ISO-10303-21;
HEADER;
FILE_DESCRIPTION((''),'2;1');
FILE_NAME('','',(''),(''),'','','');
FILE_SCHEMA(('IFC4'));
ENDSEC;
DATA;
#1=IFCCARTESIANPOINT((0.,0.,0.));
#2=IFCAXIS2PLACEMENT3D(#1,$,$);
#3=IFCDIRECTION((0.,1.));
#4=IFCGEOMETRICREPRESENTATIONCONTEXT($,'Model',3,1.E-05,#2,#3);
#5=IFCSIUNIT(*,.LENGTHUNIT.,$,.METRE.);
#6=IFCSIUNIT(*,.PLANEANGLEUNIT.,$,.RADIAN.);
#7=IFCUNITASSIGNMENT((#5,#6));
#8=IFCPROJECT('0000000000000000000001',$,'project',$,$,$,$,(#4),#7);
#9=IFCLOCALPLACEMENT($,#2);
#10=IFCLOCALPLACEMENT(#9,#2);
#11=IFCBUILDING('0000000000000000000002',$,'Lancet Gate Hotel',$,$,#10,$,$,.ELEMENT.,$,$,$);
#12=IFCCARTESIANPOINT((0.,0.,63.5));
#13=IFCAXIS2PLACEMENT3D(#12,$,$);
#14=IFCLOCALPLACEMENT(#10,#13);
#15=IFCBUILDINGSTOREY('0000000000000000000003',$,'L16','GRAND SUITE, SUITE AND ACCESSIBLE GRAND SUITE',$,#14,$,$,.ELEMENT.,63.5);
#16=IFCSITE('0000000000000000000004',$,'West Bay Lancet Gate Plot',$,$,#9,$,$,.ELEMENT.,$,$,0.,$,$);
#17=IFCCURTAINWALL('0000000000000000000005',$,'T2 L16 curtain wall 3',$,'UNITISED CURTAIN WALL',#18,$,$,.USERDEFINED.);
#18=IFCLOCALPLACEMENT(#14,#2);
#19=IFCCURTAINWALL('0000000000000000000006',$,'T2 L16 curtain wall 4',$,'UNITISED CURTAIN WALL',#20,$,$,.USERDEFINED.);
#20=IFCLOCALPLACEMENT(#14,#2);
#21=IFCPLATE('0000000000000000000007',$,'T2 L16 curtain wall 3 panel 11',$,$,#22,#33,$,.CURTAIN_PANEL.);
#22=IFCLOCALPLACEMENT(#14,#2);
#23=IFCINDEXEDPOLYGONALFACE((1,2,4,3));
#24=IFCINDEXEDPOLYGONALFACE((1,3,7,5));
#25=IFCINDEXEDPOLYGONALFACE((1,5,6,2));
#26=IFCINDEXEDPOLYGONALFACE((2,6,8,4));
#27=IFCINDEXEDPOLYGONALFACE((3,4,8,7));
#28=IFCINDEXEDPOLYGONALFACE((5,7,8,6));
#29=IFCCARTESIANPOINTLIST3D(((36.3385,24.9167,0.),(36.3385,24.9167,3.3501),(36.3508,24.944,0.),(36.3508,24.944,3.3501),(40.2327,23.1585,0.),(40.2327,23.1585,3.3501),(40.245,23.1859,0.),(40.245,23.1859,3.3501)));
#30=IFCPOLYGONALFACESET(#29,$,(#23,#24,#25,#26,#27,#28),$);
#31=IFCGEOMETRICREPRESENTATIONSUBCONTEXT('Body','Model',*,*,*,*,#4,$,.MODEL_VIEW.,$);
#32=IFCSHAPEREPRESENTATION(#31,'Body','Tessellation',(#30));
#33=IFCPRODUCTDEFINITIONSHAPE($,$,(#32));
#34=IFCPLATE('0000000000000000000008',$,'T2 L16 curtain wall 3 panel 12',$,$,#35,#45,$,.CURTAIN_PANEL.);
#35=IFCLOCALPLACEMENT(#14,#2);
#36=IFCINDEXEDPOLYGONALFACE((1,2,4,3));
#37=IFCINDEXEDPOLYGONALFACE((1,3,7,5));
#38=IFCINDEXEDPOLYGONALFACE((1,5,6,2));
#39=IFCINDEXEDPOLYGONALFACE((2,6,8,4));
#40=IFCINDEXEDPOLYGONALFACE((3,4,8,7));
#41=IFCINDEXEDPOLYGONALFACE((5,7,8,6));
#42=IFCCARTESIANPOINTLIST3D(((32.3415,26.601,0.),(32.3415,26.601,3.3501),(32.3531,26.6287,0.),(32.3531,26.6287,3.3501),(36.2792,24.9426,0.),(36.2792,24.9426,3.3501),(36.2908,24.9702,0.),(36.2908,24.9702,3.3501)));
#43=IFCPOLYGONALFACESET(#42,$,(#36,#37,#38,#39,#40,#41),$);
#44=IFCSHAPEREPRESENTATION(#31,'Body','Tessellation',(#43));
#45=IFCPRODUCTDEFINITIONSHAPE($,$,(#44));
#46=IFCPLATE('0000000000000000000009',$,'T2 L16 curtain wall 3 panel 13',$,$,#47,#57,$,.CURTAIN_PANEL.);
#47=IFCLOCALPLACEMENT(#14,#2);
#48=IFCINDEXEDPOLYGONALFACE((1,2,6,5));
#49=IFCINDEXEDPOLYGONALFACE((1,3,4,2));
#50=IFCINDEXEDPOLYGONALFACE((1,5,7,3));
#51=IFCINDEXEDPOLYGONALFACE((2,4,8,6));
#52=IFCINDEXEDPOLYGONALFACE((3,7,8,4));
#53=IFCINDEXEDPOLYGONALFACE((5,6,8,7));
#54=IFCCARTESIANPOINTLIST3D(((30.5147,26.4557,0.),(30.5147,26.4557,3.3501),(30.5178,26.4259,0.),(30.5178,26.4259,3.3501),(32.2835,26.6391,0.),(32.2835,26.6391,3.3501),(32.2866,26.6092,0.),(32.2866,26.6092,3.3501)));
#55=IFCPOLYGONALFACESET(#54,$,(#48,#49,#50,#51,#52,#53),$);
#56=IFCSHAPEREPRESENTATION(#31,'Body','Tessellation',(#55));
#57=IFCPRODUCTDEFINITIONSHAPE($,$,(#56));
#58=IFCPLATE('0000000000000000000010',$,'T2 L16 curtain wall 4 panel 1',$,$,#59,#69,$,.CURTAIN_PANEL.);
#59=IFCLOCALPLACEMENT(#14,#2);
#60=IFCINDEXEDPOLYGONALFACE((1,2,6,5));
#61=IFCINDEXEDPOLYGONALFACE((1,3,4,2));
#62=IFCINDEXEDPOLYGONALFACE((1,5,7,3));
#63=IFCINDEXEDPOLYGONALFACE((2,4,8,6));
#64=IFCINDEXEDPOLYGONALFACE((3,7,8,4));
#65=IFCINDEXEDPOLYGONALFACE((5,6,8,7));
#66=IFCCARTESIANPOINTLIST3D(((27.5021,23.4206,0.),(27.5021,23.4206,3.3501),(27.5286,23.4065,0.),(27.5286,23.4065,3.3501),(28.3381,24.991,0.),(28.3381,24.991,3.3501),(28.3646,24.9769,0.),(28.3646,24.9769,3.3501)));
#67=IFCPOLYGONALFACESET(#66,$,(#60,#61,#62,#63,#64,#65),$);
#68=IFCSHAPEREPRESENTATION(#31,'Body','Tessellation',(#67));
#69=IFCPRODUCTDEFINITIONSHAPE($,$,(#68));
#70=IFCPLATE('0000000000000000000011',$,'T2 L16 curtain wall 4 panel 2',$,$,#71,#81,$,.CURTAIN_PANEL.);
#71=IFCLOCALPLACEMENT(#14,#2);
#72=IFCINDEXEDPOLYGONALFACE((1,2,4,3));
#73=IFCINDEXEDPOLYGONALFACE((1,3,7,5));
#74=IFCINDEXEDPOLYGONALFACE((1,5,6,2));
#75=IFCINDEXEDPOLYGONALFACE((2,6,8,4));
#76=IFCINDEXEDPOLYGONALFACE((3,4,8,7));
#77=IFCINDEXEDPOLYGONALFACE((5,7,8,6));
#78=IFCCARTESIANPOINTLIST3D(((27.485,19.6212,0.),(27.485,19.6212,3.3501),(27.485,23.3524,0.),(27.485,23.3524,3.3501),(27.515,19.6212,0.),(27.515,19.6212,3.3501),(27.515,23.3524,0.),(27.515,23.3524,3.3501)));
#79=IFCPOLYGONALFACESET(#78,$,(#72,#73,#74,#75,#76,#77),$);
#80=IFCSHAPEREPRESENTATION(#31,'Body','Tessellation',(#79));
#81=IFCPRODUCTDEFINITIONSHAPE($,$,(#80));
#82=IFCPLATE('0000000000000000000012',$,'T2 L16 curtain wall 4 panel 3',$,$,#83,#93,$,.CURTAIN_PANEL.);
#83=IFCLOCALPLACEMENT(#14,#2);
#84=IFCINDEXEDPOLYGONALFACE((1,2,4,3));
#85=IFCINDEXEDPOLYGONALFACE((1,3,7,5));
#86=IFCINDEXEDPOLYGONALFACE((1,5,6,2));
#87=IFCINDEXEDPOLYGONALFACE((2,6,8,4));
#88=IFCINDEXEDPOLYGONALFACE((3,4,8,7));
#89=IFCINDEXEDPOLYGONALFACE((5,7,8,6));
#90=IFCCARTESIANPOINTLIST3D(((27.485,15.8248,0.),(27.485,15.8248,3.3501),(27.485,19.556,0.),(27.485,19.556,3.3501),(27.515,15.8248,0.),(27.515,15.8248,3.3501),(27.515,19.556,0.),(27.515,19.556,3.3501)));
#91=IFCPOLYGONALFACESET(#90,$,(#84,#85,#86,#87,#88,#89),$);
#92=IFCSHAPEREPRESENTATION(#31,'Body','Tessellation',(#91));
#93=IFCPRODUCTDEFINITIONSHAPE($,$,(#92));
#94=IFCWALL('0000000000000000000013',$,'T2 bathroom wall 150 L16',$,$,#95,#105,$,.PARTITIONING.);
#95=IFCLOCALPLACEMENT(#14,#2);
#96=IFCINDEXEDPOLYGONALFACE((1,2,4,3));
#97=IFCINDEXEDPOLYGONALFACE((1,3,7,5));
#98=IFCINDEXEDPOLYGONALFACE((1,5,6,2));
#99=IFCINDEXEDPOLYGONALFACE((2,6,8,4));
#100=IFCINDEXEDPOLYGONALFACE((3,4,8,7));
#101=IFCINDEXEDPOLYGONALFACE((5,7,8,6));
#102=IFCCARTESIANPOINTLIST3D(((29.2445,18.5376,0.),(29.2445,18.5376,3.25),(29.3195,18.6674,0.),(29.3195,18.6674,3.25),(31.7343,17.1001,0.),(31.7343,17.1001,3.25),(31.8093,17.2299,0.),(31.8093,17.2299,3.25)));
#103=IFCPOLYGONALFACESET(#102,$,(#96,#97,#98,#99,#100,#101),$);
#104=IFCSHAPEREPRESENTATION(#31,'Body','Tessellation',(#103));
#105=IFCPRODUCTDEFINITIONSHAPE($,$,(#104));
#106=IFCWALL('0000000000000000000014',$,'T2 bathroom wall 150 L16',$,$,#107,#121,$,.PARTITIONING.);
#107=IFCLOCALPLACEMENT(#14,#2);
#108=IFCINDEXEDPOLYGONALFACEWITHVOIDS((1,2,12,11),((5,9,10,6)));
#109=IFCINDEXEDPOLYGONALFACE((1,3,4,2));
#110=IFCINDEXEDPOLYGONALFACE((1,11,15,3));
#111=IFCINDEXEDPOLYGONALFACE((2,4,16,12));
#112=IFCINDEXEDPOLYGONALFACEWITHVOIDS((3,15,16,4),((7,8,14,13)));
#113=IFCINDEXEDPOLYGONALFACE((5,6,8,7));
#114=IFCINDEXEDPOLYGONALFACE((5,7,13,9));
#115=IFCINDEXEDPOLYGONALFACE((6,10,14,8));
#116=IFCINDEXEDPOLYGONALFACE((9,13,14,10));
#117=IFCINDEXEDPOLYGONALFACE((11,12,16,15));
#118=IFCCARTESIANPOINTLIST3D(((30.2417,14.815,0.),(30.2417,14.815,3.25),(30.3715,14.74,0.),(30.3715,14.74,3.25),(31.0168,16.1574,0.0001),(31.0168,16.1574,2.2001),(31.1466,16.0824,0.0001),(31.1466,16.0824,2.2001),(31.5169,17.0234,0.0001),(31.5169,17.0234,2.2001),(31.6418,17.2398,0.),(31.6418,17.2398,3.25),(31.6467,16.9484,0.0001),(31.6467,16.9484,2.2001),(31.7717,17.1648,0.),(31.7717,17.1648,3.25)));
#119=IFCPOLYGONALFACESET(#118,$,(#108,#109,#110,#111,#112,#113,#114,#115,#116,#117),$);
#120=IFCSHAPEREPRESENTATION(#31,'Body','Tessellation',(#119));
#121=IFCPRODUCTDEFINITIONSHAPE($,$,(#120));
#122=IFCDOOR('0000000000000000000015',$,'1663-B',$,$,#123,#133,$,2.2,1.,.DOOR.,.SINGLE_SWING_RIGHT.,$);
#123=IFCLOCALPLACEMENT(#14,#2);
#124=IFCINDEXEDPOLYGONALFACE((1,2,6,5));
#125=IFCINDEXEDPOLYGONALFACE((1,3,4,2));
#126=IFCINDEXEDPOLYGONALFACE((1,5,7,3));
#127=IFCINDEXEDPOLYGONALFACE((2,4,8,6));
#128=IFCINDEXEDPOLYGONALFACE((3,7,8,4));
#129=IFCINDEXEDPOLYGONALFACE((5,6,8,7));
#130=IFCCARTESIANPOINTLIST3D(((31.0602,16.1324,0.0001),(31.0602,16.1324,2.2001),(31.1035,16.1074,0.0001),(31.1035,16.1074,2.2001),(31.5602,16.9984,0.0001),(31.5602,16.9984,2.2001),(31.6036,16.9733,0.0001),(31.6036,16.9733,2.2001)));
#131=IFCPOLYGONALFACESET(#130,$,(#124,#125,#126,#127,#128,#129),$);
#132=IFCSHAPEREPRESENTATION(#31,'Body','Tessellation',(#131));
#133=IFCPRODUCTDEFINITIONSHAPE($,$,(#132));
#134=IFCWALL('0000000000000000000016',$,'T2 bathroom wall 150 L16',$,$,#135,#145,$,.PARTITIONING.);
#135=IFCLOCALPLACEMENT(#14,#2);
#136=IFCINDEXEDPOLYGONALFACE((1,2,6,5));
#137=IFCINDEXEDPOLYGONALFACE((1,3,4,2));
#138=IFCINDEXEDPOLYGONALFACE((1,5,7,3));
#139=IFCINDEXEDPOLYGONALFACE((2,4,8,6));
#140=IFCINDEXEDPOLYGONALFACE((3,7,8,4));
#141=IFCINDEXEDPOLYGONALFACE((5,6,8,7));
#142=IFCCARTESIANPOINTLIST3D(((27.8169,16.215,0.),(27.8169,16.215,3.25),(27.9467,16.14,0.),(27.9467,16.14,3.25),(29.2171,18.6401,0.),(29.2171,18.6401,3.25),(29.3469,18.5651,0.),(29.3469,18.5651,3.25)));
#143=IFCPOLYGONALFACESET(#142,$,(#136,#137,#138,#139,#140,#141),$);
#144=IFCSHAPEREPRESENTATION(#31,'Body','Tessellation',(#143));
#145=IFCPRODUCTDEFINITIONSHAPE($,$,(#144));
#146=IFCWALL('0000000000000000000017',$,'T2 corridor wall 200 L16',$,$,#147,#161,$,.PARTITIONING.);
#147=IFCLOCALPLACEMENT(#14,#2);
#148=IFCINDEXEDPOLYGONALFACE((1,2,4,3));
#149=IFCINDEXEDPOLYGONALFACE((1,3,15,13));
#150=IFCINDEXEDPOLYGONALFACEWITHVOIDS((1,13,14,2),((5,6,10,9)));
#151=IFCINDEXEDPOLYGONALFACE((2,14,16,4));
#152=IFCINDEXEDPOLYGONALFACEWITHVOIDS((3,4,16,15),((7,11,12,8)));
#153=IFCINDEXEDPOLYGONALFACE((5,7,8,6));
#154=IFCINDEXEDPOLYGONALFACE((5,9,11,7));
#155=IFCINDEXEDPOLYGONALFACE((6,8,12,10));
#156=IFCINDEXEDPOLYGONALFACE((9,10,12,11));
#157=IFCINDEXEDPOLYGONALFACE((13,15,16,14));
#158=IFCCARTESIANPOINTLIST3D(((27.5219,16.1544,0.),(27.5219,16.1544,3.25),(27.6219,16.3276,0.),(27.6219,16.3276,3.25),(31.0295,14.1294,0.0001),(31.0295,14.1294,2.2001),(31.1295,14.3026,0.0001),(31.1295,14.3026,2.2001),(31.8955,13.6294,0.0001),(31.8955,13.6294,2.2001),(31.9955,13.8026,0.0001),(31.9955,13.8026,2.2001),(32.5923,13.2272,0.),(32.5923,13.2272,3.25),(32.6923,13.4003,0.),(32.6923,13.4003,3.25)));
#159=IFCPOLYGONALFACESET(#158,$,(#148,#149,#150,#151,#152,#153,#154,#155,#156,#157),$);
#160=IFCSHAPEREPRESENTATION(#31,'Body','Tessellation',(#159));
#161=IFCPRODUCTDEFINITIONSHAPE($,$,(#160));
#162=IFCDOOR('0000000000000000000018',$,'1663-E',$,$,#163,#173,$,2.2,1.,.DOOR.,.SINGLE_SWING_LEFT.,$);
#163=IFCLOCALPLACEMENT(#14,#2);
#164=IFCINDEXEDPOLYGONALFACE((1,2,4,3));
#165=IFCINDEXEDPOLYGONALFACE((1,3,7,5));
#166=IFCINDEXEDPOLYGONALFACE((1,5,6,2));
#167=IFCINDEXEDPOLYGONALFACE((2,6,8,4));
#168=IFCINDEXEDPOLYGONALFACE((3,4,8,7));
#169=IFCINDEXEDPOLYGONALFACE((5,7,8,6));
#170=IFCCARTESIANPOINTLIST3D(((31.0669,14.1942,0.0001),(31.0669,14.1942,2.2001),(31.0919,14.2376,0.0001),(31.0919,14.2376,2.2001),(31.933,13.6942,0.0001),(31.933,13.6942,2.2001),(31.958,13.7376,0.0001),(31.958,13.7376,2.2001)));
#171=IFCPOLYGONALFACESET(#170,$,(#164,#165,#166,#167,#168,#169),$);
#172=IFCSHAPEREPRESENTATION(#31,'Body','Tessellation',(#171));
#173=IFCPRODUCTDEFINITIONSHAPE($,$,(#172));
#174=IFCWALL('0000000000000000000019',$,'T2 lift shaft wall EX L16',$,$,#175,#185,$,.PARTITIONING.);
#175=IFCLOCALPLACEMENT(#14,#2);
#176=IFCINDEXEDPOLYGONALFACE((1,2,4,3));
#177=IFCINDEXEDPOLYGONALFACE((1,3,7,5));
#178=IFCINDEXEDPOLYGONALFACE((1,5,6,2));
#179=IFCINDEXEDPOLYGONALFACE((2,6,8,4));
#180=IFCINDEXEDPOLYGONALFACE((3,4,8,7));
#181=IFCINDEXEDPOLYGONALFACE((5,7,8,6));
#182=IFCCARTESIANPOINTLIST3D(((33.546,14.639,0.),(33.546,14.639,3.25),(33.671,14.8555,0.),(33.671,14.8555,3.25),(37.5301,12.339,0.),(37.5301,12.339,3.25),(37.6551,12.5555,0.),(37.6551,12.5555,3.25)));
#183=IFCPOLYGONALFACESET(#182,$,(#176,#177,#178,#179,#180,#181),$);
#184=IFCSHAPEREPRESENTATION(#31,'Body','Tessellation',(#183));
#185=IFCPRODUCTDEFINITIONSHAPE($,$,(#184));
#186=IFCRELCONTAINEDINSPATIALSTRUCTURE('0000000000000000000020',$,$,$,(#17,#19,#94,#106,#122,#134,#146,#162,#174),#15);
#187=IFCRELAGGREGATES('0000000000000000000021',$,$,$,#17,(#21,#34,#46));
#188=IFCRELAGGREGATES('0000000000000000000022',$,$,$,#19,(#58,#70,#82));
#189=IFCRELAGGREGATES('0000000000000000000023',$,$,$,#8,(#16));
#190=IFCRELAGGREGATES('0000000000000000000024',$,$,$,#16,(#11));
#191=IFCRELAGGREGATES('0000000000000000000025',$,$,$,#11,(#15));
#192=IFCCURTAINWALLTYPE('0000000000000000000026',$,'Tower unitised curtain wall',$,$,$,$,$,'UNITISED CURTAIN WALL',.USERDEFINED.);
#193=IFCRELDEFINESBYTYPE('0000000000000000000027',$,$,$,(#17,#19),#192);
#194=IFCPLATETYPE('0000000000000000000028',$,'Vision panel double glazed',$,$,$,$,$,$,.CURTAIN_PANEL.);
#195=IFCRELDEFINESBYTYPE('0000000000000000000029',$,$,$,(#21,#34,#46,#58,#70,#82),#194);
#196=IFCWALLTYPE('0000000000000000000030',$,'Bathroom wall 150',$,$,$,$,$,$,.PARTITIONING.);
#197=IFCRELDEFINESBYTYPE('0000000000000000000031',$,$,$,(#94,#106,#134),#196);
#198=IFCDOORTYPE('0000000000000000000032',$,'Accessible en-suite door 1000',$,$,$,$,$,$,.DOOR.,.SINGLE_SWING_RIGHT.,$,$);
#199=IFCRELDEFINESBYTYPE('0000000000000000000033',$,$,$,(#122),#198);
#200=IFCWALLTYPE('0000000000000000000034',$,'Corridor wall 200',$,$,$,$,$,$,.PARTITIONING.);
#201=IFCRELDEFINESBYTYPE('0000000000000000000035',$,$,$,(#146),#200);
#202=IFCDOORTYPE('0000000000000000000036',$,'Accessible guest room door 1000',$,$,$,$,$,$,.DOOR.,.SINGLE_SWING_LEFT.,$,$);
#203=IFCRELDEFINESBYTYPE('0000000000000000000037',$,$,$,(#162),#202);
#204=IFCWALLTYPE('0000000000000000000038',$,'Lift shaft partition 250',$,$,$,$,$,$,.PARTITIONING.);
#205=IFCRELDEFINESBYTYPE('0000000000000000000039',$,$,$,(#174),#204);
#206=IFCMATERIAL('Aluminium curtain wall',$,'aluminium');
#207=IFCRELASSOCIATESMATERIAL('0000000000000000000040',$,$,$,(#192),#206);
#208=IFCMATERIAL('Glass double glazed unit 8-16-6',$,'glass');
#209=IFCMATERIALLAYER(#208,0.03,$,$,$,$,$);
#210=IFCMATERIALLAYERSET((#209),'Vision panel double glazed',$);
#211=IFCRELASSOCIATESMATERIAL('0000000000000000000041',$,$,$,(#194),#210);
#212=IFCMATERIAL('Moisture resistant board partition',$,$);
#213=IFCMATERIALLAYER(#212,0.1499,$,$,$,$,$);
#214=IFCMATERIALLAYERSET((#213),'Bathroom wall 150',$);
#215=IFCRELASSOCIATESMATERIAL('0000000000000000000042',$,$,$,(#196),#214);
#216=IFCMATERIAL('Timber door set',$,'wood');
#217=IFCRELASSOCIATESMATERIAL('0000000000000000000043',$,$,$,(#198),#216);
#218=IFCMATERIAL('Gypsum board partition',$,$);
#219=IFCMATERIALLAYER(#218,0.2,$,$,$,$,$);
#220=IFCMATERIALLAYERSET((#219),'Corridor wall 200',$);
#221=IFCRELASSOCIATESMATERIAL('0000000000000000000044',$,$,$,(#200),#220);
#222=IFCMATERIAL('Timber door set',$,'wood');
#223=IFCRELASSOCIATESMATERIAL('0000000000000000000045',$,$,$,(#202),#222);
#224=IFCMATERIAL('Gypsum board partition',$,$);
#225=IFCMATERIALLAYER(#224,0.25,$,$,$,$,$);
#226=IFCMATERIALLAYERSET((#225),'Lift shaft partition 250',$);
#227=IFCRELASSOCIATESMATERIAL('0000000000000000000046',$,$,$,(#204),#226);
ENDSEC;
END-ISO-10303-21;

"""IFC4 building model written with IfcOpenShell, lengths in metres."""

from ifc_helpers import new_model, si_unit, direction, frame, frame_2d, origin, origin_2d, place, context, subcontext, project, spatial, rectangle, extrude, material, layer, layer_set, type_object, element, fill, aggregate, save


model = new_model("IFC4")

# Units and contexts
model_context = context("Model", 3, precision=1e-05, world=origin(), true_north=direction((0.0, 1.0)))
body_context = subcontext(model_context, "Body", "Model", "MODEL_VIEW")
ifc_project = project(units=[si_unit("LENGTHUNIT", "METRE"), si_unit("PLANEANGLEUNIT", "RADIAN")], contexts=[model_context])

# Site, building, storey
site_placement = place(None, origin())
site = spatial("IfcSite", under=ifc_project, at=site_placement, Name="West Bay Lancet Gate Plot", CompositionType="ELEMENT", RefElevation=0.0)
building_placement = place(site_placement, origin())
building = spatial("IfcBuilding", under=site, at=building_placement, Name="Lancet Gate Hotel", CompositionType="ELEMENT")
storey_placement = place(building_placement, frame((0.0, 0.0, 63.5)))
storey = spatial("IfcBuildingStorey", under=building, at=storey_placement, Name="L16", Description="GRAND SUITE, SUITE AND ACCESSIBLE GRAND SUITE", CompositionType="ELEMENT", Elevation=63.5)

# Curtain walls
ifc_material_1 = material(Name="Aluminium curtain wall", Category="aluminium")
curtain_wall_type = type_object("IfcCurtainWallType", Name="Tower unitised curtain wall", ElementType="UNITISED CURTAIN WALL", PredefinedType="USERDEFINED", material=ifc_material_1)
curtain_wall_1_placement = place(storey_placement, origin())
curtain_wall_1 = element("IfcCurtainWall", 1, at=curtain_wall_1_placement, inside=storey, type_object=curtain_wall_type, Name="T2 L16 curtain wall 3", ObjectType="UNITISED CURTAIN WALL", PredefinedType="USERDEFINED")
curtain_wall_2_placement = place(storey_placement, origin())
curtain_wall_2 = element("IfcCurtainWall", 2, at=curtain_wall_2_placement, inside=storey, type_object=curtain_wall_type, Name="T2 L16 curtain wall 4", ObjectType="UNITISED CURTAIN WALL", PredefinedType="USERDEFINED")

# Plates
ifc_material_2 = material(Name="Glass double glazed unit 8-16-6", Category="glass")
ifc_layer_1 = layer(ifc_material_2, 0.03)
ifc_layer_set_1 = layer_set([ifc_layer_1], Name="Vision panel double glazed")
plate_type = type_object("IfcPlateType", Name="Vision panel double glazed", PredefinedType="CURTAIN_PANEL", material=ifc_layer_set_1)
plate_1_placement = place(storey_placement, frame((38.2917, 24.0513, 0.0), z_axis=(0.0, 0.0, 1.0), x_axis=(-0.911416, 0.411487, 0.0)))
plate_1 = element("IfcPlate", 3, at=plate_1_placement, type_object=plate_type, Name="T2 L16 curtain wall 3 panel 11", PredefinedType="CURTAIN_PANEL", context=body_context, shape_type="SweptSolid", body=[
    extrude(rectangle(XDim=4.2727, YDim=0.03, at=origin_2d()), origin(), (0.0, 0.0, 1.0), 3.3501),
])
plate_2_placement = place(storey_placement, frame((34.3162, 25.7856, 0.0), z_axis=(0.0, 0.0, 1.0), x_axis=(-0.921593, 0.388157, 0.0)))
plate_2 = element("IfcPlate", 4, at=plate_2_placement, type_object=plate_type, Name="T2 L16 curtain wall 3 panel 12", PredefinedType="CURTAIN_PANEL", context=body_context, shape_type="SweptSolid", body=[
    extrude(rectangle(XDim=4.2727, YDim=0.03, at=origin_2d()), origin(), (0.0, 0.0, 1.0), 3.3501),
])
plate_3_placement = place(storey_placement, frame((31.4006, 26.5325, 0.0), z_axis=(0.0, 0.0, 1.0), x_axis=(-0.994672, -0.103088, 0.0)))
plate_3 = element("IfcPlate", 5, at=plate_3_placement, type_object=plate_type, Name="T2 L16 curtain wall 3 panel 13", PredefinedType="CURTAIN_PANEL", context=body_context, shape_type="SweptSolid", body=[
    extrude(rectangle(XDim=1.7783, YDim=0.03, at=origin_2d()), origin(), (0.0, 0.0, 1.0), 3.3501),
])
aggregate(curtain_wall_1, [plate_1, plate_2, plate_3])
plate_4_placement = place(storey_placement, frame((27.9333, 24.1987, 0.0), z_axis=(0.0, 0.0, 1.0), x_axis=(-0.469898, -0.882721, 0.0)))
plate_4 = element("IfcPlate", 6, at=plate_4_placement, type_object=plate_type, Name="T2 L16 curtain wall 4 panel 1", PredefinedType="CURTAIN_PANEL", context=body_context, shape_type="SweptSolid", body=[
    extrude(rectangle(XDim=1.7791, YDim=0.03, at=origin_2d()), origin(), (0.0, 0.0, 1.0), 3.3501),
])
plate_5_placement = place(storey_placement, frame((27.5, 21.4868, 0.0), z_axis=(0.0, 0.0, 1.0), x_axis=(0.0, -1.0, 0.0)))
plate_5 = element("IfcPlate", 7, at=plate_5_placement, type_object=plate_type, Name="T2 L16 curtain wall 4 panel 2", PredefinedType="CURTAIN_PANEL", context=body_context, shape_type="SweptSolid", body=[
    extrude(rectangle(XDim=3.7312, YDim=0.03, at=origin_2d()), origin(), (0.0, 0.0, 1.0), 3.3501),
])
plate_6_placement = place(storey_placement, frame((27.5, 17.6904, 0.0), z_axis=(0.0, 0.0, 1.0), x_axis=(0.0, -1.0, 0.0)))
plate_6 = element("IfcPlate", 8, at=plate_6_placement, type_object=plate_type, Name="T2 L16 curtain wall 4 panel 3", PredefinedType="CURTAIN_PANEL", context=body_context, shape_type="SweptSolid", body=[
    extrude(rectangle(XDim=3.7312, YDim=0.03, at=origin_2d()), origin(), (0.0, 0.0, 1.0), 3.3501),
])
aggregate(curtain_wall_2, [plate_4, plate_5, plate_6])

# Wall
ifc_material_3 = material(Name="Moisture resistant board partition")
ifc_layer_2 = layer(ifc_material_3, 0.1499)
ifc_layer_set_2 = layer_set([ifc_layer_2], Name="Bathroom wall 150")
wall_type_1 = type_object("IfcWallType", Name="Bathroom wall 150", PredefinedType="PARTITIONING", material=ifc_layer_set_2)
wall_1_placement = place(storey_placement, frame((29.282, 18.6025, 0.0), z_axis=(0.0, 0.0, 1.0), x_axis=(0.866019, -0.500012, 0.0)))
element("IfcWall", 9, at=wall_1_placement, inside=storey, type_object=wall_type_1, Name="T2 bathroom wall 150 L16", PredefinedType="PARTITIONING", context=body_context, shape_type="SweptSolid", body=[
    extrude(rectangle(XDim=2.875, YDim=0.1499, at=frame_2d((1.4375, 0.0))), origin(), (0.0, 0.0, 1.0), 3.25),
])

# Wall, opening, door
wall_2_placement = place(storey_placement, frame((30.3066, 14.7776, 0.0), z_axis=(0.0, 0.0, 1.0), x_axis=(0.50005, 0.865997, 0.0)))
wall_2 = element("IfcWall", 10, at=wall_2_placement, inside=storey, type_object=wall_type_1, Name="T2 bathroom wall 150 L16", PredefinedType="PARTITIONING", context=body_context, shape_type="SweptSolid", body=[
    extrude(rectangle(XDim=2.8, YDim=0.1499, at=frame_2d((1.3999, 0.0))), origin(), (0.0, 0.0, 1.0), 3.25),
])
opening_1_placement = place(wall_2_placement, frame((1.55, 0.0, 0.0)))
opening_1 = element("IfcOpeningElement", 11, at=opening_1_placement, cuts=wall_2, PredefinedType="OPENING", context=body_context, shape_type="SweptSolid", body=[
    extrude(rectangle(XDim=1.0, YDim=2.2, at=frame_2d((0.5, 1.1001))), frame((0.0, 0.085, 0.0), z_axis=(0.0, -1.0, 0.0), x_axis=(1.0, 0.0, 0.0)), (0.0, 0.0, 1.0), 0.1699),
])
ifc_material_4 = material(Name="Timber door set", Category="wood")
door_type_1 = type_object("IfcDoorType", Name="Accessible en-suite door 1000", OperationType="SINGLE_SWING_RIGHT", PredefinedType="DOOR", material=ifc_material_4)
door_1_placement = place(opening_1_placement, origin())
door_1 = element("IfcDoor", 12, at=door_1_placement, inside=storey, type_object=door_type_1, Name="1663-B", OperationType="SINGLE_SWING_RIGHT", OverallHeight=2.2, OverallWidth=1.0, PredefinedType="DOOR", context=body_context, shape_type="SweptSolid", body=[
    extrude(rectangle(XDim=1.0, YDim=2.2, at=frame_2d((0.5, 1.1001))), frame((0.0, 0.0249, 0.0), z_axis=(0.0, -1.0, 0.0), x_axis=(1.0, 0.0, 0.0)), (0.0, 0.0, 1.0), 0.05),
])
fill(opening_1, door_1)

# Wall
wall_3_placement = place(storey_placement, frame((27.8818, 16.1775, 0.0), z_axis=(0.0, 0.0, 1.0), x_axis=(0.500012, 0.866019, 0.0)))
element("IfcWall", 13, at=wall_3_placement, inside=storey, type_object=wall_type_1, Name="T2 bathroom wall 150 L16", PredefinedType="PARTITIONING", context=body_context, shape_type="SweptSolid", body=[
    extrude(rectangle(XDim=2.8003, YDim=0.1499, at=frame_2d((1.4001, 0.0))), origin(), (0.0, 0.0, 1.0), 3.25),
])

# Wall, opening, door
ifc_material_5 = material(Name="Gypsum board partition")
ifc_layer_3 = layer(ifc_material_5, 0.2)
ifc_layer_set_3 = layer_set([ifc_layer_3], Name="Corridor wall 200")
wall_type_2 = type_object("IfcWallType", Name="Corridor wall 200", PredefinedType="PARTITIONING", material=ifc_layer_set_3)
wall_4_placement = place(storey_placement, frame((27.572, 16.241, 0.0), z_axis=(0.0, 0.0, 1.0), x_axis=(0.866033, -0.499987, 0.0)))
wall_4 = element("IfcWall", 14, at=wall_4_placement, inside=storey, type_object=wall_type_2, Name="T2 corridor wall 200 L16", PredefinedType="PARTITIONING", context=body_context, shape_type="SweptSolid", body=[
    extrude(rectangle(XDim=5.8547, YDim=0.2, at=frame_2d((2.9272, 0.0))), origin(), (0.0, 0.0, 1.0), 3.25),
])
opening_2_placement = place(wall_4_placement, frame((4.05, 0.0, 0.0)))
opening_2 = element("IfcOpeningElement", 15, at=opening_2_placement, cuts=wall_4, PredefinedType="OPENING", context=body_context, shape_type="SweptSolid", body=[
    extrude(rectangle(XDim=1.0, YDim=2.2, at=frame_2d((0.5, 1.1001))), frame((0.0, 0.1099, 0.0), z_axis=(0.0, -1.0, 0.0), x_axis=(1.0, 0.0, 0.0)), (0.0, 0.0, 1.0), 0.22),
])
ifc_material_6 = material(Name="Timber door set", Category="wood")
door_type_2 = type_object("IfcDoorType", Name="Accessible guest room door 1000", OperationType="SINGLE_SWING_LEFT", PredefinedType="DOOR", material=ifc_material_6)
door_2_placement = place(opening_2_placement, origin())
door_2 = element("IfcDoor", 16, at=door_2_placement, inside=storey, type_object=door_type_2, Name="1663-E", OperationType="SINGLE_SWING_LEFT", OverallHeight=2.2, OverallWidth=1.0, PredefinedType="DOOR", context=body_context, shape_type="SweptSolid", body=[
    extrude(rectangle(XDim=1.0, YDim=2.2, at=frame_2d((0.5, 1.1001))), frame((0.0, 0.0249, 0.0), z_axis=(0.0, -1.0, 0.0), x_axis=(1.0, 0.0, 0.0)), (0.0, 0.0, 1.0), 0.05),
])
fill(opening_2, door_2)

# Wall
ifc_material_7 = material(Name="Gypsum board partition")
ifc_layer_4 = layer(ifc_material_7, 0.25)
ifc_layer_set_4 = layer_set([ifc_layer_4], Name="Lift shaft partition 250")
wall_type_3 = type_object("IfcWallType", Name="Lift shaft partition 250", PredefinedType="PARTITIONING", material=ifc_layer_set_4)
for number, where, z_axis, x_axis, name in (
    (17, (33.6084, 14.7473, 0.0), (0.0, 0.0, 1.0), (0.866043, -0.499969, 0.0), "T2 lift shaft wall EX L16"),
):
    element("IfcWall", number, at=place(storey_placement, frame(where, z_axis=z_axis, x_axis=x_axis)), inside=storey, type_object=wall_type_3, Name=name, PredefinedType="PARTITIONING", context=body_context, shape_type="SweptSolid", body=[
        extrude(rectangle(XDim=4.6003, YDim=0.25, at=frame_2d((2.3003, 0.0))), origin(), (0.0, 0.0, 1.0), 3.25),
    ])

save(model, "model.ifc")
